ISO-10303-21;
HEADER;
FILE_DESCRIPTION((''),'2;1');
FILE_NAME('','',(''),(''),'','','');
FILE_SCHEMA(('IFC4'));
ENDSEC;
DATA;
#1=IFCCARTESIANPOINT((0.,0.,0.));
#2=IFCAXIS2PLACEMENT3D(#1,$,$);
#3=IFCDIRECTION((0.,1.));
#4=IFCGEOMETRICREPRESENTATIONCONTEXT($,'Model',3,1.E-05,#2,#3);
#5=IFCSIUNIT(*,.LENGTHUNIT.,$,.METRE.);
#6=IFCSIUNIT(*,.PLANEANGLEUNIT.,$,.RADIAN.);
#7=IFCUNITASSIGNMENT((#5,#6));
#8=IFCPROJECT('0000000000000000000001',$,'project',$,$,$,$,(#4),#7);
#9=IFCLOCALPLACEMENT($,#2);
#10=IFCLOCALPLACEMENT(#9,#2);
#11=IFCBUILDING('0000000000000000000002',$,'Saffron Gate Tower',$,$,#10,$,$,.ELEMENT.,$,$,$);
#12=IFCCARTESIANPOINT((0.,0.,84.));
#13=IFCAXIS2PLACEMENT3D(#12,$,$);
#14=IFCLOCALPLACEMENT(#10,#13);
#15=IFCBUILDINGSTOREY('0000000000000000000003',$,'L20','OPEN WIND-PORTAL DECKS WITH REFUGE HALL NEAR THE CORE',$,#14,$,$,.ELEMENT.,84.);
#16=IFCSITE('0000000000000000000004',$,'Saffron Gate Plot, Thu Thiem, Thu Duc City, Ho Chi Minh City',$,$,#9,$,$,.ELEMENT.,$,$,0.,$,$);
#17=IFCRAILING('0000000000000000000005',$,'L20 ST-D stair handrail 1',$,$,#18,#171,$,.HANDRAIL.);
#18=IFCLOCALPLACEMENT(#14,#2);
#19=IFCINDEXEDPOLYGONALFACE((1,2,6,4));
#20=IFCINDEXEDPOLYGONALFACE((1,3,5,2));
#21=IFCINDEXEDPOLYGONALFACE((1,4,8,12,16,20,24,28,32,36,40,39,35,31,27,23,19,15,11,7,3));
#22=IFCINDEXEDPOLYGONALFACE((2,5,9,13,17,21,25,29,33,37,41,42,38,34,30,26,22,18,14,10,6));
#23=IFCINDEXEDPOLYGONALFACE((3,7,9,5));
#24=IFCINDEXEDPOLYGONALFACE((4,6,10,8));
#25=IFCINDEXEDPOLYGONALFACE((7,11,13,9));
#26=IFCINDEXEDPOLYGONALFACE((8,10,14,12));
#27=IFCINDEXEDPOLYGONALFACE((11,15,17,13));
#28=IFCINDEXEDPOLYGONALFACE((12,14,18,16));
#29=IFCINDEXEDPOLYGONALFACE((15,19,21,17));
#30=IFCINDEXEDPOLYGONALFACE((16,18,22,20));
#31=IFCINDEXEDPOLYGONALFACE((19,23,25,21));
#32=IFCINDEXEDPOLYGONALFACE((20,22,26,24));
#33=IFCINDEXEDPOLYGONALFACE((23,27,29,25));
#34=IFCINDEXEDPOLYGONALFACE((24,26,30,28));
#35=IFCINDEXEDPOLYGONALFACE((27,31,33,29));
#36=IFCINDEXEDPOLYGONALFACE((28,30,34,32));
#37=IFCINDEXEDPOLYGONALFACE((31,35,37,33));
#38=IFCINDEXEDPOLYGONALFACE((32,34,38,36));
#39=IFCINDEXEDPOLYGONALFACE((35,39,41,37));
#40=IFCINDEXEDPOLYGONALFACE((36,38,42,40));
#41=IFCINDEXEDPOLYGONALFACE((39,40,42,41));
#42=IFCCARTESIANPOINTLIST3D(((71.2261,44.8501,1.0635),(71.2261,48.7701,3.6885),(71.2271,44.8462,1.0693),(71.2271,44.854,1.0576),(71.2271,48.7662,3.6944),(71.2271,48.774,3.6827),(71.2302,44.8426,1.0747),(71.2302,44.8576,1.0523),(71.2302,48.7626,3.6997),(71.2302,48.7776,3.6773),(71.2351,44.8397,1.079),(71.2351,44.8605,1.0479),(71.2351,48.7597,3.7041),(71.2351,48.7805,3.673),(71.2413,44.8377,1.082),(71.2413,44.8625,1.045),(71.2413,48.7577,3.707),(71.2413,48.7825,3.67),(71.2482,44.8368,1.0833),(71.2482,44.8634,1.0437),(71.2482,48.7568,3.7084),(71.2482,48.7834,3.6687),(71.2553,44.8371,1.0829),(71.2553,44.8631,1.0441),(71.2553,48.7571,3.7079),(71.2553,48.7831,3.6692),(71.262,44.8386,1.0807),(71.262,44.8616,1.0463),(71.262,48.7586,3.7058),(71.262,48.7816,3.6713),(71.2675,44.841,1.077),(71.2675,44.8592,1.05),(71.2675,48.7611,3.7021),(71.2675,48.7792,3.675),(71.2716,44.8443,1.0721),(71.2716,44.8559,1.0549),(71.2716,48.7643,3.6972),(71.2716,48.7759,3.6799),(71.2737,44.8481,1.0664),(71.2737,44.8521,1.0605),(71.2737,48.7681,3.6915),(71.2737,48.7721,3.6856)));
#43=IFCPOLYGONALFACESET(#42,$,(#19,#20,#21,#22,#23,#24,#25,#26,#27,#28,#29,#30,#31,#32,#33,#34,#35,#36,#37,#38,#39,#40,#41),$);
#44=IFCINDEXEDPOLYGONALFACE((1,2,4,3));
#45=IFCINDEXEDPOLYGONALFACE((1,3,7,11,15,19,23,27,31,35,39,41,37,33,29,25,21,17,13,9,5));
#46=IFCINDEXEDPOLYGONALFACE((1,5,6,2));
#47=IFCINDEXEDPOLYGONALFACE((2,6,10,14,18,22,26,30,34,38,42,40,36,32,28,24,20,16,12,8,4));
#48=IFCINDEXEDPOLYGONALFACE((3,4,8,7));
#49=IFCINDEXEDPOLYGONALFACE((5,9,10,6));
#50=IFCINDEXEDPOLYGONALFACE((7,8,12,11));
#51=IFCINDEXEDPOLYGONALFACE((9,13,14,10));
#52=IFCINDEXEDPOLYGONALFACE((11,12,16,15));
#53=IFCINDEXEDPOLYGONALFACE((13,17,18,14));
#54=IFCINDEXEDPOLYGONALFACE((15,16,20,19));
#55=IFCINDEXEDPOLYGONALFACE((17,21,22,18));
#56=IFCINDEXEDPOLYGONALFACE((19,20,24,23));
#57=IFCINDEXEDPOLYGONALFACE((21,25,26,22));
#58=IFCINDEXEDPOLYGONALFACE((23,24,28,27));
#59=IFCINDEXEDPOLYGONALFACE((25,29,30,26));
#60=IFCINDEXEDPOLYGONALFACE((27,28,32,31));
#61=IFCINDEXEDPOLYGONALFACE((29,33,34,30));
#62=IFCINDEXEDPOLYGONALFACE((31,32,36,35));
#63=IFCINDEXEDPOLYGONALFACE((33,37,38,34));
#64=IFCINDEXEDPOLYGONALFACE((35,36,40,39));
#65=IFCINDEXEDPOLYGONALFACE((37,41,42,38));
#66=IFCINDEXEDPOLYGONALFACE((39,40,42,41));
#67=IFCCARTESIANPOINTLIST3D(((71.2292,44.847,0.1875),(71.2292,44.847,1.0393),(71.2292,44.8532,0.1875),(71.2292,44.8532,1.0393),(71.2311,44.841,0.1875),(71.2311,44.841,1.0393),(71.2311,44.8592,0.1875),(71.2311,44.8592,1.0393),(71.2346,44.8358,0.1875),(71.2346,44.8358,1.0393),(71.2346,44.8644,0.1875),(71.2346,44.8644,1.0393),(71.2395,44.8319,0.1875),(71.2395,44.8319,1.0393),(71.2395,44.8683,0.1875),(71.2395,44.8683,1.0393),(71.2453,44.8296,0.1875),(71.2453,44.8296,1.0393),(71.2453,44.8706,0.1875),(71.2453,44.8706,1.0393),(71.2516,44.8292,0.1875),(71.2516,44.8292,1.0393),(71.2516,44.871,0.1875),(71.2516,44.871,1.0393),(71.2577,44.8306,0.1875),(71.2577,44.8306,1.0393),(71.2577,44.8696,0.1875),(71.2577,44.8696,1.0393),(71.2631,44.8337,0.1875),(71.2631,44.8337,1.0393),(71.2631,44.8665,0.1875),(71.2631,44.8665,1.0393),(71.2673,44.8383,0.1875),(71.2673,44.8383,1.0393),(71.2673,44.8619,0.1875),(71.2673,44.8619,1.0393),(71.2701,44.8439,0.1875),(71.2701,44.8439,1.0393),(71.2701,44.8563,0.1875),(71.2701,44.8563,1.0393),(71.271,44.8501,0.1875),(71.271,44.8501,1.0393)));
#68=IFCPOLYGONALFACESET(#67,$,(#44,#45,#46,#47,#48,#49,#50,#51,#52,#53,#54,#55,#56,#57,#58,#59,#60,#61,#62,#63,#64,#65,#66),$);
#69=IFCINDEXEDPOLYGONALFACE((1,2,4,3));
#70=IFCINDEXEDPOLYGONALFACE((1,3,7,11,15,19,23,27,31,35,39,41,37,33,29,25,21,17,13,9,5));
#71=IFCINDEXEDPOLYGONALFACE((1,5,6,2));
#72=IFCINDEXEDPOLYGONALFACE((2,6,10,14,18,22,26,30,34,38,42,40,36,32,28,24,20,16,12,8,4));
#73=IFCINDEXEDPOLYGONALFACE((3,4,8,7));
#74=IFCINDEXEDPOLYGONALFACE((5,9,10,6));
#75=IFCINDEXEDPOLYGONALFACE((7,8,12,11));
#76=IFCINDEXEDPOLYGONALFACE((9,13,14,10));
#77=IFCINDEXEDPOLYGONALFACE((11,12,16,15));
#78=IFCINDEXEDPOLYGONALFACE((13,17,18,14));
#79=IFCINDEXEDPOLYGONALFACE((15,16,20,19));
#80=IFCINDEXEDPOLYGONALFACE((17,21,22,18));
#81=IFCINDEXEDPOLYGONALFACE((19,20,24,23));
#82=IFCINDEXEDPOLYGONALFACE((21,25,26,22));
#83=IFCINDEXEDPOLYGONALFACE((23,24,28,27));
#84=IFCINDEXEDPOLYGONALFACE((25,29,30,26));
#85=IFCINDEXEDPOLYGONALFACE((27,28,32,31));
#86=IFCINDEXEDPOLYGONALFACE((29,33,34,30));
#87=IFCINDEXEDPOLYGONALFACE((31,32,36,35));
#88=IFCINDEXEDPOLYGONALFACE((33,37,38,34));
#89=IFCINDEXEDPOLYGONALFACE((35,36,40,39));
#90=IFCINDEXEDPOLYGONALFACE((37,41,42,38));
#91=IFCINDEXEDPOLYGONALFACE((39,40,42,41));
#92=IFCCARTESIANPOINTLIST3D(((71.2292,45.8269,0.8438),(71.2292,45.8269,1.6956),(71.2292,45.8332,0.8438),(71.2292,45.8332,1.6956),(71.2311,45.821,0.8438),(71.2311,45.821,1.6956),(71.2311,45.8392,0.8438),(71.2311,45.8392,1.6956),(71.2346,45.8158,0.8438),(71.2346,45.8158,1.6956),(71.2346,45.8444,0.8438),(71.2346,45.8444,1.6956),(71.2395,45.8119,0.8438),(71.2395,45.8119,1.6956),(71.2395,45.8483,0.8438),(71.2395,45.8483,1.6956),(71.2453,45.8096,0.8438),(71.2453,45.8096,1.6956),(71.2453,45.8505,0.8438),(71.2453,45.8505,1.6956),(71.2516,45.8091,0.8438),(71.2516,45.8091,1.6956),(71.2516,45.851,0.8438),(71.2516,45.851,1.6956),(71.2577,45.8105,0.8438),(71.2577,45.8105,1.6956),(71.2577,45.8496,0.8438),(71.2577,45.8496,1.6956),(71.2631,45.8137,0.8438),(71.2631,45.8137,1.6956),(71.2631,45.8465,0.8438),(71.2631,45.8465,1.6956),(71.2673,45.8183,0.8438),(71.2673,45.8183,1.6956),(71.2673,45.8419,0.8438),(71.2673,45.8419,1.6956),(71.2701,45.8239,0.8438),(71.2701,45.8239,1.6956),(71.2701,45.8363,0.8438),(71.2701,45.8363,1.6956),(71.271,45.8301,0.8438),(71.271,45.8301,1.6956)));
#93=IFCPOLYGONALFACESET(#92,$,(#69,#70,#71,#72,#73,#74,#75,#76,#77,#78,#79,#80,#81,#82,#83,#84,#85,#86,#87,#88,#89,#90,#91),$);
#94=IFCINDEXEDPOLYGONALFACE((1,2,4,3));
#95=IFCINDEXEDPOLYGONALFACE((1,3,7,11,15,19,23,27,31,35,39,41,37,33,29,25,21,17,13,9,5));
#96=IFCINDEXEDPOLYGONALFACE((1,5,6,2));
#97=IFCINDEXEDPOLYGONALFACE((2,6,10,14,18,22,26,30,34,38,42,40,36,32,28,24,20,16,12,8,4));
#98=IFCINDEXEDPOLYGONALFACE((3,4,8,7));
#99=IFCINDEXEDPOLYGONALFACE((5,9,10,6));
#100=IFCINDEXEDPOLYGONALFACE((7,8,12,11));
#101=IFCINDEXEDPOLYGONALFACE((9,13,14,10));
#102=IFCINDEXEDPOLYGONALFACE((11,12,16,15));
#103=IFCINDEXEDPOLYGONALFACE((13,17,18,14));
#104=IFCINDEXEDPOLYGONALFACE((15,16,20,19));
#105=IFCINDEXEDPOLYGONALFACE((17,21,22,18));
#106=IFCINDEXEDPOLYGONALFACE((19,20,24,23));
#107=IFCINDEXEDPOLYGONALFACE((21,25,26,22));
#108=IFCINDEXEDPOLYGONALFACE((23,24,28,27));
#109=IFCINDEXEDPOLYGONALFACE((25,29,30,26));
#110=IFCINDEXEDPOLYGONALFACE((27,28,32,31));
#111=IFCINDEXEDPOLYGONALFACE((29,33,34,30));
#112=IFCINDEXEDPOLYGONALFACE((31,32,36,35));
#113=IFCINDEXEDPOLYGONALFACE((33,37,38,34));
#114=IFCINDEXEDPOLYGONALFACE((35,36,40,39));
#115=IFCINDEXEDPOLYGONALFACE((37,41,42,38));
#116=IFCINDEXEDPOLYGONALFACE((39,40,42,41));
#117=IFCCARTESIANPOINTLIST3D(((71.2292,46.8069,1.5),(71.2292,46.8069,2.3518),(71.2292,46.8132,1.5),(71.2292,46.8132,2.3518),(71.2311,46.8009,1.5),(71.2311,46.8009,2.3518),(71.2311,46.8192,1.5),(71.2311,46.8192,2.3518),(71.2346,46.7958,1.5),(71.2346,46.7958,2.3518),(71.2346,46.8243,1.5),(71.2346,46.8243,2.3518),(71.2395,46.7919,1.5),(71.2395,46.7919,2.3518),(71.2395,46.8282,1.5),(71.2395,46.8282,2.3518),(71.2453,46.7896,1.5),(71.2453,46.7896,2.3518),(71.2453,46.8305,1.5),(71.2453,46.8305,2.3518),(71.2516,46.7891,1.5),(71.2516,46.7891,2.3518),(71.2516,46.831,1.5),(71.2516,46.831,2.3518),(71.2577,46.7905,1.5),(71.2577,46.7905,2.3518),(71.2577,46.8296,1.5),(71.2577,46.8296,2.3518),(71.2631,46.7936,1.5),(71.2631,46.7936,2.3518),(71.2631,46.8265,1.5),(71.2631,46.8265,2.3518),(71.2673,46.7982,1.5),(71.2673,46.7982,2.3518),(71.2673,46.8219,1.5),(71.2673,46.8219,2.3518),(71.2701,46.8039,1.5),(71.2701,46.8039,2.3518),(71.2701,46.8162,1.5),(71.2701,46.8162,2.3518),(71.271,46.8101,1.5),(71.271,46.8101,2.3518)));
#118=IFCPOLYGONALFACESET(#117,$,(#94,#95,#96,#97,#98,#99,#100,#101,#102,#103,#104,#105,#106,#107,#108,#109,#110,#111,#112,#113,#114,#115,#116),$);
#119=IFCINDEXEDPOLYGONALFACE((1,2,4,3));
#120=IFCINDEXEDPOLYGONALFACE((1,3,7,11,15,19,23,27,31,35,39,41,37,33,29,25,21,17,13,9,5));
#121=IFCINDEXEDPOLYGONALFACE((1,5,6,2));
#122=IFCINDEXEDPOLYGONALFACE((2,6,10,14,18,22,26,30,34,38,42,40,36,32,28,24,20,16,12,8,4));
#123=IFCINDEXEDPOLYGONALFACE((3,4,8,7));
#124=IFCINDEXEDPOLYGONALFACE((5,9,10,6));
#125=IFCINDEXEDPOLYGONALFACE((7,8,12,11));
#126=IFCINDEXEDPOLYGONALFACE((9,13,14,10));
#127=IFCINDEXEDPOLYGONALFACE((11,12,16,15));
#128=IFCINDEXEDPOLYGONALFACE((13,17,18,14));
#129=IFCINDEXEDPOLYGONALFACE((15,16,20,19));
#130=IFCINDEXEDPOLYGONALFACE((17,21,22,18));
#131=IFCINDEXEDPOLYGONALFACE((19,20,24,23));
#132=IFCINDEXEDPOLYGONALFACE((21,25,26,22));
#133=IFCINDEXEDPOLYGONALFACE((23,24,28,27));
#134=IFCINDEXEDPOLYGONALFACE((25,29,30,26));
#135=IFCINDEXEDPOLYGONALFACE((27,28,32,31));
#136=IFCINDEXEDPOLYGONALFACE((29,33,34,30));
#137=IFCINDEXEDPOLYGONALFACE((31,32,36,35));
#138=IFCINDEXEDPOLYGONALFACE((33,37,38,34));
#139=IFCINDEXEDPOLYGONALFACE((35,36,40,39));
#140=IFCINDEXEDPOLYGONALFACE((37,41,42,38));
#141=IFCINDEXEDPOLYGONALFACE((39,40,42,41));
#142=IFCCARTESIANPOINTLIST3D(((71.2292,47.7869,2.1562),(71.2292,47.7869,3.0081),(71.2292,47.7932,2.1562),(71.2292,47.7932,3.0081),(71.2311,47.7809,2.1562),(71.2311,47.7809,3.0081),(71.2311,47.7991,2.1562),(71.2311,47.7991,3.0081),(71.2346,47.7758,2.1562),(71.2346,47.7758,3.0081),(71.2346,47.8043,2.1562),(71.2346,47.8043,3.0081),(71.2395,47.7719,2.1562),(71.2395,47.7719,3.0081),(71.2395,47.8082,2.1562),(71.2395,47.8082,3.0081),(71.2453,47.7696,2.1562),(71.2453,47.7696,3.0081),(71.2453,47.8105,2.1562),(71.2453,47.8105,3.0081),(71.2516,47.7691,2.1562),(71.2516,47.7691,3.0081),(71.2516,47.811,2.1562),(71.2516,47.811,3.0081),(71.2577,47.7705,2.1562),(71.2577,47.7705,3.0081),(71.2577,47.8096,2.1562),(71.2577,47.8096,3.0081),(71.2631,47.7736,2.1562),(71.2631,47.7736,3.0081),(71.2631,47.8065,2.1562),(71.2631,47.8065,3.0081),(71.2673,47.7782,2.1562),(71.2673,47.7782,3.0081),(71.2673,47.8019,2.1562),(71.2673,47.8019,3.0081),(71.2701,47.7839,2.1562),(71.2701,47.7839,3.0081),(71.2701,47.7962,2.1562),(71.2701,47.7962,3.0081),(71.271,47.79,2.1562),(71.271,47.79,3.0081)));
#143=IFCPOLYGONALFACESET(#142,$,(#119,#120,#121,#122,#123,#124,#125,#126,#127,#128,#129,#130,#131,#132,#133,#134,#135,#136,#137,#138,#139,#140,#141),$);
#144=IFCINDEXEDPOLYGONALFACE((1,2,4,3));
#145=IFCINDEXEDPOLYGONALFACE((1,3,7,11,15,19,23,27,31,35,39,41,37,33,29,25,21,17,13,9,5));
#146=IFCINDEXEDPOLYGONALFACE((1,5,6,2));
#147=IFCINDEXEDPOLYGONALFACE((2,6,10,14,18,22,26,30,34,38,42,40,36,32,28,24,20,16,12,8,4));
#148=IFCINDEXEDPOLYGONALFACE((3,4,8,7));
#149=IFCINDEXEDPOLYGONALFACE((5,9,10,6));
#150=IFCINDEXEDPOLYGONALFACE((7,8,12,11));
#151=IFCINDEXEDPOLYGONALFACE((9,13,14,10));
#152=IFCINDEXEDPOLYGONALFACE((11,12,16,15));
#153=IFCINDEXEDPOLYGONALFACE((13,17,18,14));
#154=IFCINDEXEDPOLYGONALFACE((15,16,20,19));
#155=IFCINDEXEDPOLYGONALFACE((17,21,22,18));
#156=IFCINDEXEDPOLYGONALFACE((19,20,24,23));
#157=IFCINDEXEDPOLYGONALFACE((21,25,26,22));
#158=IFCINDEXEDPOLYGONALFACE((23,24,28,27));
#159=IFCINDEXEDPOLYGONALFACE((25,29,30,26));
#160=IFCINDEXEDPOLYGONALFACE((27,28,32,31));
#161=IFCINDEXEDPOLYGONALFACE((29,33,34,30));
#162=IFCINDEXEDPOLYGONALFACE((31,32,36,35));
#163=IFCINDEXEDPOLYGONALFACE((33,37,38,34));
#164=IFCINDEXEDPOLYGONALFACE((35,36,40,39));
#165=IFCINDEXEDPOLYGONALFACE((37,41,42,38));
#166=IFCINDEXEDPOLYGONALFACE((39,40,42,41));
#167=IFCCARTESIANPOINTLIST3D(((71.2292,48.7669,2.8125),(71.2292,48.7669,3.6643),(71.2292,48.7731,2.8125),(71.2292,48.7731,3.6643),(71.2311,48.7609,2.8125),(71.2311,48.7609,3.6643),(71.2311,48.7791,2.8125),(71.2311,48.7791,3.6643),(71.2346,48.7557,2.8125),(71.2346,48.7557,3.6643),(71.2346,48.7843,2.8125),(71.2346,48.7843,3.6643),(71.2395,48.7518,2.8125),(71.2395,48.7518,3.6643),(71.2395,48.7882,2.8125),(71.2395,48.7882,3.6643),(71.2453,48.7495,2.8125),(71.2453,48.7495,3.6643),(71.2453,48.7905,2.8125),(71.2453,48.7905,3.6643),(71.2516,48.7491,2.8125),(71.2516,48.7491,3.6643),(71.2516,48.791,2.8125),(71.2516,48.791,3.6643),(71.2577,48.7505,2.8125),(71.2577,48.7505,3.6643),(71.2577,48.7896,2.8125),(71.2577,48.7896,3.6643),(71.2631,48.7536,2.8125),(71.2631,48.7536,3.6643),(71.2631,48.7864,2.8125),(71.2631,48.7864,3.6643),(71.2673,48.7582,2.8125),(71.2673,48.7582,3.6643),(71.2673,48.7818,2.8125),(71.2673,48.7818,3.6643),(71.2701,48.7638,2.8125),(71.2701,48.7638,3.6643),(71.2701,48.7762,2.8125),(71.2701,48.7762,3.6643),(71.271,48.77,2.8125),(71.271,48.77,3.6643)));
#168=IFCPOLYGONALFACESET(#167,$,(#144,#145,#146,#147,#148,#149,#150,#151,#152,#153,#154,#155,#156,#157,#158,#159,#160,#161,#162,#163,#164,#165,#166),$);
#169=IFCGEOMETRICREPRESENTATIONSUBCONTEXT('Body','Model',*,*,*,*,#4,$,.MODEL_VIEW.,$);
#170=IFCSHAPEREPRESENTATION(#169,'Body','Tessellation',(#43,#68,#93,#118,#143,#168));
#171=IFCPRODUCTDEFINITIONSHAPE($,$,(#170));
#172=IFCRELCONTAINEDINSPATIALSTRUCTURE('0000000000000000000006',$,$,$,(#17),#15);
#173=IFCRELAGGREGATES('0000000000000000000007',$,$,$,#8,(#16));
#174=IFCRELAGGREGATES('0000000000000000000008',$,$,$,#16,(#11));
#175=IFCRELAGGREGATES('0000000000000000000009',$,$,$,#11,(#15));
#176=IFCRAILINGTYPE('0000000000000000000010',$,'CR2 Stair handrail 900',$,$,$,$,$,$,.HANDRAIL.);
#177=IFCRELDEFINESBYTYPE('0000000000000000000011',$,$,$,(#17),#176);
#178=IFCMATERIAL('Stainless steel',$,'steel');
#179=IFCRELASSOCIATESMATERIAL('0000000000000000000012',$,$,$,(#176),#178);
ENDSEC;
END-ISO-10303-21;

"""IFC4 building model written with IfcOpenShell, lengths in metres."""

from ifc_helpers import new_model, si_unit, direction, frame, origin, origin_2d, place, context, subcontext, project, spatial, circle, extrude, material, type_object, element, save


model = new_model("IFC4")

# Units and contexts
model_context = context("Model", 3, precision=1e-05, world=origin(), true_north=direction((0.0, 1.0)))
body_context = subcontext(model_context, "Body", "Model", "MODEL_VIEW")
ifc_project = project(units=[si_unit("LENGTHUNIT", "METRE"), si_unit("PLANEANGLEUNIT", "RADIAN")], contexts=[model_context])

# Site, building, storey
site_placement = place(None, origin())
site = spatial("IfcSite", under=ifc_project, at=site_placement, Name="Saffron Gate Plot, Thu Thiem, Thu Duc City, Ho Chi Minh City", CompositionType="ELEMENT", RefElevation=0.0)
building_placement = place(site_placement, origin())
building = spatial("IfcBuilding", under=site, at=building_placement, Name="Saffron Gate Tower", CompositionType="ELEMENT")
storey_placement = place(building_placement, frame((0.0, 0.0, 84.0)))
storey = spatial("IfcBuildingStorey", under=building, at=storey_placement, Name="L20", Description="OPEN WIND-PORTAL DECKS WITH REFUGE HALL NEAR THE CORE", CompositionType="ELEMENT", Elevation=84.0)

# Railing
ifc_material_1 = material(Name="Stainless steel", Category="steel")
railing_type_1 = type_object("IfcRailingType", Name="CR2 Stair handrail 900", PredefinedType="HANDRAIL", material=ifc_material_1)
railing_1_placement = place(storey_placement, frame((71.25, 44.8501, 0.1875)))
element("IfcRailing", 1, at=railing_1_placement, inside=storey, type_object=railing_type_1, Name="L20 ST-D stair handrail 1", PredefinedType="HANDRAIL", context=body_context, shape_type="SweptSolid", body=[
    extrude(circle(Radius=0.0239, at=origin_2d()), frame((0.0, 0.0, 0.876), z_axis=(0.0, 0.830902, 0.556419), x_axis=(-1.0, 0.0, 0.0)), (0.0, 0.0, 1.0), 4.7178),
    extrude(circle(Radius=0.021, at=origin_2d()), origin(), (0.0, 0.0, 1.0), 0.8518),
    extrude(circle(Radius=0.021, at=origin_2d()), frame((0.0, 0.98, 0.6562)), (0.0, 0.0, 1.0), 0.8518),
    extrude(circle(Radius=0.021, at=origin_2d()), frame((0.0, 1.96, 1.3125)), (0.0, 0.0, 1.0), 0.8518),
    extrude(circle(Radius=0.021, at=origin_2d()), frame((0.0, 2.9399, 1.9688)), (0.0, 0.0, 1.0), 0.8518),
    extrude(circle(Radius=0.021, at=origin_2d()), frame((0.0, 3.9199, 2.625)), (0.0, 0.0, 1.0), 0.8518),
])

save(model, "model.ifc")
